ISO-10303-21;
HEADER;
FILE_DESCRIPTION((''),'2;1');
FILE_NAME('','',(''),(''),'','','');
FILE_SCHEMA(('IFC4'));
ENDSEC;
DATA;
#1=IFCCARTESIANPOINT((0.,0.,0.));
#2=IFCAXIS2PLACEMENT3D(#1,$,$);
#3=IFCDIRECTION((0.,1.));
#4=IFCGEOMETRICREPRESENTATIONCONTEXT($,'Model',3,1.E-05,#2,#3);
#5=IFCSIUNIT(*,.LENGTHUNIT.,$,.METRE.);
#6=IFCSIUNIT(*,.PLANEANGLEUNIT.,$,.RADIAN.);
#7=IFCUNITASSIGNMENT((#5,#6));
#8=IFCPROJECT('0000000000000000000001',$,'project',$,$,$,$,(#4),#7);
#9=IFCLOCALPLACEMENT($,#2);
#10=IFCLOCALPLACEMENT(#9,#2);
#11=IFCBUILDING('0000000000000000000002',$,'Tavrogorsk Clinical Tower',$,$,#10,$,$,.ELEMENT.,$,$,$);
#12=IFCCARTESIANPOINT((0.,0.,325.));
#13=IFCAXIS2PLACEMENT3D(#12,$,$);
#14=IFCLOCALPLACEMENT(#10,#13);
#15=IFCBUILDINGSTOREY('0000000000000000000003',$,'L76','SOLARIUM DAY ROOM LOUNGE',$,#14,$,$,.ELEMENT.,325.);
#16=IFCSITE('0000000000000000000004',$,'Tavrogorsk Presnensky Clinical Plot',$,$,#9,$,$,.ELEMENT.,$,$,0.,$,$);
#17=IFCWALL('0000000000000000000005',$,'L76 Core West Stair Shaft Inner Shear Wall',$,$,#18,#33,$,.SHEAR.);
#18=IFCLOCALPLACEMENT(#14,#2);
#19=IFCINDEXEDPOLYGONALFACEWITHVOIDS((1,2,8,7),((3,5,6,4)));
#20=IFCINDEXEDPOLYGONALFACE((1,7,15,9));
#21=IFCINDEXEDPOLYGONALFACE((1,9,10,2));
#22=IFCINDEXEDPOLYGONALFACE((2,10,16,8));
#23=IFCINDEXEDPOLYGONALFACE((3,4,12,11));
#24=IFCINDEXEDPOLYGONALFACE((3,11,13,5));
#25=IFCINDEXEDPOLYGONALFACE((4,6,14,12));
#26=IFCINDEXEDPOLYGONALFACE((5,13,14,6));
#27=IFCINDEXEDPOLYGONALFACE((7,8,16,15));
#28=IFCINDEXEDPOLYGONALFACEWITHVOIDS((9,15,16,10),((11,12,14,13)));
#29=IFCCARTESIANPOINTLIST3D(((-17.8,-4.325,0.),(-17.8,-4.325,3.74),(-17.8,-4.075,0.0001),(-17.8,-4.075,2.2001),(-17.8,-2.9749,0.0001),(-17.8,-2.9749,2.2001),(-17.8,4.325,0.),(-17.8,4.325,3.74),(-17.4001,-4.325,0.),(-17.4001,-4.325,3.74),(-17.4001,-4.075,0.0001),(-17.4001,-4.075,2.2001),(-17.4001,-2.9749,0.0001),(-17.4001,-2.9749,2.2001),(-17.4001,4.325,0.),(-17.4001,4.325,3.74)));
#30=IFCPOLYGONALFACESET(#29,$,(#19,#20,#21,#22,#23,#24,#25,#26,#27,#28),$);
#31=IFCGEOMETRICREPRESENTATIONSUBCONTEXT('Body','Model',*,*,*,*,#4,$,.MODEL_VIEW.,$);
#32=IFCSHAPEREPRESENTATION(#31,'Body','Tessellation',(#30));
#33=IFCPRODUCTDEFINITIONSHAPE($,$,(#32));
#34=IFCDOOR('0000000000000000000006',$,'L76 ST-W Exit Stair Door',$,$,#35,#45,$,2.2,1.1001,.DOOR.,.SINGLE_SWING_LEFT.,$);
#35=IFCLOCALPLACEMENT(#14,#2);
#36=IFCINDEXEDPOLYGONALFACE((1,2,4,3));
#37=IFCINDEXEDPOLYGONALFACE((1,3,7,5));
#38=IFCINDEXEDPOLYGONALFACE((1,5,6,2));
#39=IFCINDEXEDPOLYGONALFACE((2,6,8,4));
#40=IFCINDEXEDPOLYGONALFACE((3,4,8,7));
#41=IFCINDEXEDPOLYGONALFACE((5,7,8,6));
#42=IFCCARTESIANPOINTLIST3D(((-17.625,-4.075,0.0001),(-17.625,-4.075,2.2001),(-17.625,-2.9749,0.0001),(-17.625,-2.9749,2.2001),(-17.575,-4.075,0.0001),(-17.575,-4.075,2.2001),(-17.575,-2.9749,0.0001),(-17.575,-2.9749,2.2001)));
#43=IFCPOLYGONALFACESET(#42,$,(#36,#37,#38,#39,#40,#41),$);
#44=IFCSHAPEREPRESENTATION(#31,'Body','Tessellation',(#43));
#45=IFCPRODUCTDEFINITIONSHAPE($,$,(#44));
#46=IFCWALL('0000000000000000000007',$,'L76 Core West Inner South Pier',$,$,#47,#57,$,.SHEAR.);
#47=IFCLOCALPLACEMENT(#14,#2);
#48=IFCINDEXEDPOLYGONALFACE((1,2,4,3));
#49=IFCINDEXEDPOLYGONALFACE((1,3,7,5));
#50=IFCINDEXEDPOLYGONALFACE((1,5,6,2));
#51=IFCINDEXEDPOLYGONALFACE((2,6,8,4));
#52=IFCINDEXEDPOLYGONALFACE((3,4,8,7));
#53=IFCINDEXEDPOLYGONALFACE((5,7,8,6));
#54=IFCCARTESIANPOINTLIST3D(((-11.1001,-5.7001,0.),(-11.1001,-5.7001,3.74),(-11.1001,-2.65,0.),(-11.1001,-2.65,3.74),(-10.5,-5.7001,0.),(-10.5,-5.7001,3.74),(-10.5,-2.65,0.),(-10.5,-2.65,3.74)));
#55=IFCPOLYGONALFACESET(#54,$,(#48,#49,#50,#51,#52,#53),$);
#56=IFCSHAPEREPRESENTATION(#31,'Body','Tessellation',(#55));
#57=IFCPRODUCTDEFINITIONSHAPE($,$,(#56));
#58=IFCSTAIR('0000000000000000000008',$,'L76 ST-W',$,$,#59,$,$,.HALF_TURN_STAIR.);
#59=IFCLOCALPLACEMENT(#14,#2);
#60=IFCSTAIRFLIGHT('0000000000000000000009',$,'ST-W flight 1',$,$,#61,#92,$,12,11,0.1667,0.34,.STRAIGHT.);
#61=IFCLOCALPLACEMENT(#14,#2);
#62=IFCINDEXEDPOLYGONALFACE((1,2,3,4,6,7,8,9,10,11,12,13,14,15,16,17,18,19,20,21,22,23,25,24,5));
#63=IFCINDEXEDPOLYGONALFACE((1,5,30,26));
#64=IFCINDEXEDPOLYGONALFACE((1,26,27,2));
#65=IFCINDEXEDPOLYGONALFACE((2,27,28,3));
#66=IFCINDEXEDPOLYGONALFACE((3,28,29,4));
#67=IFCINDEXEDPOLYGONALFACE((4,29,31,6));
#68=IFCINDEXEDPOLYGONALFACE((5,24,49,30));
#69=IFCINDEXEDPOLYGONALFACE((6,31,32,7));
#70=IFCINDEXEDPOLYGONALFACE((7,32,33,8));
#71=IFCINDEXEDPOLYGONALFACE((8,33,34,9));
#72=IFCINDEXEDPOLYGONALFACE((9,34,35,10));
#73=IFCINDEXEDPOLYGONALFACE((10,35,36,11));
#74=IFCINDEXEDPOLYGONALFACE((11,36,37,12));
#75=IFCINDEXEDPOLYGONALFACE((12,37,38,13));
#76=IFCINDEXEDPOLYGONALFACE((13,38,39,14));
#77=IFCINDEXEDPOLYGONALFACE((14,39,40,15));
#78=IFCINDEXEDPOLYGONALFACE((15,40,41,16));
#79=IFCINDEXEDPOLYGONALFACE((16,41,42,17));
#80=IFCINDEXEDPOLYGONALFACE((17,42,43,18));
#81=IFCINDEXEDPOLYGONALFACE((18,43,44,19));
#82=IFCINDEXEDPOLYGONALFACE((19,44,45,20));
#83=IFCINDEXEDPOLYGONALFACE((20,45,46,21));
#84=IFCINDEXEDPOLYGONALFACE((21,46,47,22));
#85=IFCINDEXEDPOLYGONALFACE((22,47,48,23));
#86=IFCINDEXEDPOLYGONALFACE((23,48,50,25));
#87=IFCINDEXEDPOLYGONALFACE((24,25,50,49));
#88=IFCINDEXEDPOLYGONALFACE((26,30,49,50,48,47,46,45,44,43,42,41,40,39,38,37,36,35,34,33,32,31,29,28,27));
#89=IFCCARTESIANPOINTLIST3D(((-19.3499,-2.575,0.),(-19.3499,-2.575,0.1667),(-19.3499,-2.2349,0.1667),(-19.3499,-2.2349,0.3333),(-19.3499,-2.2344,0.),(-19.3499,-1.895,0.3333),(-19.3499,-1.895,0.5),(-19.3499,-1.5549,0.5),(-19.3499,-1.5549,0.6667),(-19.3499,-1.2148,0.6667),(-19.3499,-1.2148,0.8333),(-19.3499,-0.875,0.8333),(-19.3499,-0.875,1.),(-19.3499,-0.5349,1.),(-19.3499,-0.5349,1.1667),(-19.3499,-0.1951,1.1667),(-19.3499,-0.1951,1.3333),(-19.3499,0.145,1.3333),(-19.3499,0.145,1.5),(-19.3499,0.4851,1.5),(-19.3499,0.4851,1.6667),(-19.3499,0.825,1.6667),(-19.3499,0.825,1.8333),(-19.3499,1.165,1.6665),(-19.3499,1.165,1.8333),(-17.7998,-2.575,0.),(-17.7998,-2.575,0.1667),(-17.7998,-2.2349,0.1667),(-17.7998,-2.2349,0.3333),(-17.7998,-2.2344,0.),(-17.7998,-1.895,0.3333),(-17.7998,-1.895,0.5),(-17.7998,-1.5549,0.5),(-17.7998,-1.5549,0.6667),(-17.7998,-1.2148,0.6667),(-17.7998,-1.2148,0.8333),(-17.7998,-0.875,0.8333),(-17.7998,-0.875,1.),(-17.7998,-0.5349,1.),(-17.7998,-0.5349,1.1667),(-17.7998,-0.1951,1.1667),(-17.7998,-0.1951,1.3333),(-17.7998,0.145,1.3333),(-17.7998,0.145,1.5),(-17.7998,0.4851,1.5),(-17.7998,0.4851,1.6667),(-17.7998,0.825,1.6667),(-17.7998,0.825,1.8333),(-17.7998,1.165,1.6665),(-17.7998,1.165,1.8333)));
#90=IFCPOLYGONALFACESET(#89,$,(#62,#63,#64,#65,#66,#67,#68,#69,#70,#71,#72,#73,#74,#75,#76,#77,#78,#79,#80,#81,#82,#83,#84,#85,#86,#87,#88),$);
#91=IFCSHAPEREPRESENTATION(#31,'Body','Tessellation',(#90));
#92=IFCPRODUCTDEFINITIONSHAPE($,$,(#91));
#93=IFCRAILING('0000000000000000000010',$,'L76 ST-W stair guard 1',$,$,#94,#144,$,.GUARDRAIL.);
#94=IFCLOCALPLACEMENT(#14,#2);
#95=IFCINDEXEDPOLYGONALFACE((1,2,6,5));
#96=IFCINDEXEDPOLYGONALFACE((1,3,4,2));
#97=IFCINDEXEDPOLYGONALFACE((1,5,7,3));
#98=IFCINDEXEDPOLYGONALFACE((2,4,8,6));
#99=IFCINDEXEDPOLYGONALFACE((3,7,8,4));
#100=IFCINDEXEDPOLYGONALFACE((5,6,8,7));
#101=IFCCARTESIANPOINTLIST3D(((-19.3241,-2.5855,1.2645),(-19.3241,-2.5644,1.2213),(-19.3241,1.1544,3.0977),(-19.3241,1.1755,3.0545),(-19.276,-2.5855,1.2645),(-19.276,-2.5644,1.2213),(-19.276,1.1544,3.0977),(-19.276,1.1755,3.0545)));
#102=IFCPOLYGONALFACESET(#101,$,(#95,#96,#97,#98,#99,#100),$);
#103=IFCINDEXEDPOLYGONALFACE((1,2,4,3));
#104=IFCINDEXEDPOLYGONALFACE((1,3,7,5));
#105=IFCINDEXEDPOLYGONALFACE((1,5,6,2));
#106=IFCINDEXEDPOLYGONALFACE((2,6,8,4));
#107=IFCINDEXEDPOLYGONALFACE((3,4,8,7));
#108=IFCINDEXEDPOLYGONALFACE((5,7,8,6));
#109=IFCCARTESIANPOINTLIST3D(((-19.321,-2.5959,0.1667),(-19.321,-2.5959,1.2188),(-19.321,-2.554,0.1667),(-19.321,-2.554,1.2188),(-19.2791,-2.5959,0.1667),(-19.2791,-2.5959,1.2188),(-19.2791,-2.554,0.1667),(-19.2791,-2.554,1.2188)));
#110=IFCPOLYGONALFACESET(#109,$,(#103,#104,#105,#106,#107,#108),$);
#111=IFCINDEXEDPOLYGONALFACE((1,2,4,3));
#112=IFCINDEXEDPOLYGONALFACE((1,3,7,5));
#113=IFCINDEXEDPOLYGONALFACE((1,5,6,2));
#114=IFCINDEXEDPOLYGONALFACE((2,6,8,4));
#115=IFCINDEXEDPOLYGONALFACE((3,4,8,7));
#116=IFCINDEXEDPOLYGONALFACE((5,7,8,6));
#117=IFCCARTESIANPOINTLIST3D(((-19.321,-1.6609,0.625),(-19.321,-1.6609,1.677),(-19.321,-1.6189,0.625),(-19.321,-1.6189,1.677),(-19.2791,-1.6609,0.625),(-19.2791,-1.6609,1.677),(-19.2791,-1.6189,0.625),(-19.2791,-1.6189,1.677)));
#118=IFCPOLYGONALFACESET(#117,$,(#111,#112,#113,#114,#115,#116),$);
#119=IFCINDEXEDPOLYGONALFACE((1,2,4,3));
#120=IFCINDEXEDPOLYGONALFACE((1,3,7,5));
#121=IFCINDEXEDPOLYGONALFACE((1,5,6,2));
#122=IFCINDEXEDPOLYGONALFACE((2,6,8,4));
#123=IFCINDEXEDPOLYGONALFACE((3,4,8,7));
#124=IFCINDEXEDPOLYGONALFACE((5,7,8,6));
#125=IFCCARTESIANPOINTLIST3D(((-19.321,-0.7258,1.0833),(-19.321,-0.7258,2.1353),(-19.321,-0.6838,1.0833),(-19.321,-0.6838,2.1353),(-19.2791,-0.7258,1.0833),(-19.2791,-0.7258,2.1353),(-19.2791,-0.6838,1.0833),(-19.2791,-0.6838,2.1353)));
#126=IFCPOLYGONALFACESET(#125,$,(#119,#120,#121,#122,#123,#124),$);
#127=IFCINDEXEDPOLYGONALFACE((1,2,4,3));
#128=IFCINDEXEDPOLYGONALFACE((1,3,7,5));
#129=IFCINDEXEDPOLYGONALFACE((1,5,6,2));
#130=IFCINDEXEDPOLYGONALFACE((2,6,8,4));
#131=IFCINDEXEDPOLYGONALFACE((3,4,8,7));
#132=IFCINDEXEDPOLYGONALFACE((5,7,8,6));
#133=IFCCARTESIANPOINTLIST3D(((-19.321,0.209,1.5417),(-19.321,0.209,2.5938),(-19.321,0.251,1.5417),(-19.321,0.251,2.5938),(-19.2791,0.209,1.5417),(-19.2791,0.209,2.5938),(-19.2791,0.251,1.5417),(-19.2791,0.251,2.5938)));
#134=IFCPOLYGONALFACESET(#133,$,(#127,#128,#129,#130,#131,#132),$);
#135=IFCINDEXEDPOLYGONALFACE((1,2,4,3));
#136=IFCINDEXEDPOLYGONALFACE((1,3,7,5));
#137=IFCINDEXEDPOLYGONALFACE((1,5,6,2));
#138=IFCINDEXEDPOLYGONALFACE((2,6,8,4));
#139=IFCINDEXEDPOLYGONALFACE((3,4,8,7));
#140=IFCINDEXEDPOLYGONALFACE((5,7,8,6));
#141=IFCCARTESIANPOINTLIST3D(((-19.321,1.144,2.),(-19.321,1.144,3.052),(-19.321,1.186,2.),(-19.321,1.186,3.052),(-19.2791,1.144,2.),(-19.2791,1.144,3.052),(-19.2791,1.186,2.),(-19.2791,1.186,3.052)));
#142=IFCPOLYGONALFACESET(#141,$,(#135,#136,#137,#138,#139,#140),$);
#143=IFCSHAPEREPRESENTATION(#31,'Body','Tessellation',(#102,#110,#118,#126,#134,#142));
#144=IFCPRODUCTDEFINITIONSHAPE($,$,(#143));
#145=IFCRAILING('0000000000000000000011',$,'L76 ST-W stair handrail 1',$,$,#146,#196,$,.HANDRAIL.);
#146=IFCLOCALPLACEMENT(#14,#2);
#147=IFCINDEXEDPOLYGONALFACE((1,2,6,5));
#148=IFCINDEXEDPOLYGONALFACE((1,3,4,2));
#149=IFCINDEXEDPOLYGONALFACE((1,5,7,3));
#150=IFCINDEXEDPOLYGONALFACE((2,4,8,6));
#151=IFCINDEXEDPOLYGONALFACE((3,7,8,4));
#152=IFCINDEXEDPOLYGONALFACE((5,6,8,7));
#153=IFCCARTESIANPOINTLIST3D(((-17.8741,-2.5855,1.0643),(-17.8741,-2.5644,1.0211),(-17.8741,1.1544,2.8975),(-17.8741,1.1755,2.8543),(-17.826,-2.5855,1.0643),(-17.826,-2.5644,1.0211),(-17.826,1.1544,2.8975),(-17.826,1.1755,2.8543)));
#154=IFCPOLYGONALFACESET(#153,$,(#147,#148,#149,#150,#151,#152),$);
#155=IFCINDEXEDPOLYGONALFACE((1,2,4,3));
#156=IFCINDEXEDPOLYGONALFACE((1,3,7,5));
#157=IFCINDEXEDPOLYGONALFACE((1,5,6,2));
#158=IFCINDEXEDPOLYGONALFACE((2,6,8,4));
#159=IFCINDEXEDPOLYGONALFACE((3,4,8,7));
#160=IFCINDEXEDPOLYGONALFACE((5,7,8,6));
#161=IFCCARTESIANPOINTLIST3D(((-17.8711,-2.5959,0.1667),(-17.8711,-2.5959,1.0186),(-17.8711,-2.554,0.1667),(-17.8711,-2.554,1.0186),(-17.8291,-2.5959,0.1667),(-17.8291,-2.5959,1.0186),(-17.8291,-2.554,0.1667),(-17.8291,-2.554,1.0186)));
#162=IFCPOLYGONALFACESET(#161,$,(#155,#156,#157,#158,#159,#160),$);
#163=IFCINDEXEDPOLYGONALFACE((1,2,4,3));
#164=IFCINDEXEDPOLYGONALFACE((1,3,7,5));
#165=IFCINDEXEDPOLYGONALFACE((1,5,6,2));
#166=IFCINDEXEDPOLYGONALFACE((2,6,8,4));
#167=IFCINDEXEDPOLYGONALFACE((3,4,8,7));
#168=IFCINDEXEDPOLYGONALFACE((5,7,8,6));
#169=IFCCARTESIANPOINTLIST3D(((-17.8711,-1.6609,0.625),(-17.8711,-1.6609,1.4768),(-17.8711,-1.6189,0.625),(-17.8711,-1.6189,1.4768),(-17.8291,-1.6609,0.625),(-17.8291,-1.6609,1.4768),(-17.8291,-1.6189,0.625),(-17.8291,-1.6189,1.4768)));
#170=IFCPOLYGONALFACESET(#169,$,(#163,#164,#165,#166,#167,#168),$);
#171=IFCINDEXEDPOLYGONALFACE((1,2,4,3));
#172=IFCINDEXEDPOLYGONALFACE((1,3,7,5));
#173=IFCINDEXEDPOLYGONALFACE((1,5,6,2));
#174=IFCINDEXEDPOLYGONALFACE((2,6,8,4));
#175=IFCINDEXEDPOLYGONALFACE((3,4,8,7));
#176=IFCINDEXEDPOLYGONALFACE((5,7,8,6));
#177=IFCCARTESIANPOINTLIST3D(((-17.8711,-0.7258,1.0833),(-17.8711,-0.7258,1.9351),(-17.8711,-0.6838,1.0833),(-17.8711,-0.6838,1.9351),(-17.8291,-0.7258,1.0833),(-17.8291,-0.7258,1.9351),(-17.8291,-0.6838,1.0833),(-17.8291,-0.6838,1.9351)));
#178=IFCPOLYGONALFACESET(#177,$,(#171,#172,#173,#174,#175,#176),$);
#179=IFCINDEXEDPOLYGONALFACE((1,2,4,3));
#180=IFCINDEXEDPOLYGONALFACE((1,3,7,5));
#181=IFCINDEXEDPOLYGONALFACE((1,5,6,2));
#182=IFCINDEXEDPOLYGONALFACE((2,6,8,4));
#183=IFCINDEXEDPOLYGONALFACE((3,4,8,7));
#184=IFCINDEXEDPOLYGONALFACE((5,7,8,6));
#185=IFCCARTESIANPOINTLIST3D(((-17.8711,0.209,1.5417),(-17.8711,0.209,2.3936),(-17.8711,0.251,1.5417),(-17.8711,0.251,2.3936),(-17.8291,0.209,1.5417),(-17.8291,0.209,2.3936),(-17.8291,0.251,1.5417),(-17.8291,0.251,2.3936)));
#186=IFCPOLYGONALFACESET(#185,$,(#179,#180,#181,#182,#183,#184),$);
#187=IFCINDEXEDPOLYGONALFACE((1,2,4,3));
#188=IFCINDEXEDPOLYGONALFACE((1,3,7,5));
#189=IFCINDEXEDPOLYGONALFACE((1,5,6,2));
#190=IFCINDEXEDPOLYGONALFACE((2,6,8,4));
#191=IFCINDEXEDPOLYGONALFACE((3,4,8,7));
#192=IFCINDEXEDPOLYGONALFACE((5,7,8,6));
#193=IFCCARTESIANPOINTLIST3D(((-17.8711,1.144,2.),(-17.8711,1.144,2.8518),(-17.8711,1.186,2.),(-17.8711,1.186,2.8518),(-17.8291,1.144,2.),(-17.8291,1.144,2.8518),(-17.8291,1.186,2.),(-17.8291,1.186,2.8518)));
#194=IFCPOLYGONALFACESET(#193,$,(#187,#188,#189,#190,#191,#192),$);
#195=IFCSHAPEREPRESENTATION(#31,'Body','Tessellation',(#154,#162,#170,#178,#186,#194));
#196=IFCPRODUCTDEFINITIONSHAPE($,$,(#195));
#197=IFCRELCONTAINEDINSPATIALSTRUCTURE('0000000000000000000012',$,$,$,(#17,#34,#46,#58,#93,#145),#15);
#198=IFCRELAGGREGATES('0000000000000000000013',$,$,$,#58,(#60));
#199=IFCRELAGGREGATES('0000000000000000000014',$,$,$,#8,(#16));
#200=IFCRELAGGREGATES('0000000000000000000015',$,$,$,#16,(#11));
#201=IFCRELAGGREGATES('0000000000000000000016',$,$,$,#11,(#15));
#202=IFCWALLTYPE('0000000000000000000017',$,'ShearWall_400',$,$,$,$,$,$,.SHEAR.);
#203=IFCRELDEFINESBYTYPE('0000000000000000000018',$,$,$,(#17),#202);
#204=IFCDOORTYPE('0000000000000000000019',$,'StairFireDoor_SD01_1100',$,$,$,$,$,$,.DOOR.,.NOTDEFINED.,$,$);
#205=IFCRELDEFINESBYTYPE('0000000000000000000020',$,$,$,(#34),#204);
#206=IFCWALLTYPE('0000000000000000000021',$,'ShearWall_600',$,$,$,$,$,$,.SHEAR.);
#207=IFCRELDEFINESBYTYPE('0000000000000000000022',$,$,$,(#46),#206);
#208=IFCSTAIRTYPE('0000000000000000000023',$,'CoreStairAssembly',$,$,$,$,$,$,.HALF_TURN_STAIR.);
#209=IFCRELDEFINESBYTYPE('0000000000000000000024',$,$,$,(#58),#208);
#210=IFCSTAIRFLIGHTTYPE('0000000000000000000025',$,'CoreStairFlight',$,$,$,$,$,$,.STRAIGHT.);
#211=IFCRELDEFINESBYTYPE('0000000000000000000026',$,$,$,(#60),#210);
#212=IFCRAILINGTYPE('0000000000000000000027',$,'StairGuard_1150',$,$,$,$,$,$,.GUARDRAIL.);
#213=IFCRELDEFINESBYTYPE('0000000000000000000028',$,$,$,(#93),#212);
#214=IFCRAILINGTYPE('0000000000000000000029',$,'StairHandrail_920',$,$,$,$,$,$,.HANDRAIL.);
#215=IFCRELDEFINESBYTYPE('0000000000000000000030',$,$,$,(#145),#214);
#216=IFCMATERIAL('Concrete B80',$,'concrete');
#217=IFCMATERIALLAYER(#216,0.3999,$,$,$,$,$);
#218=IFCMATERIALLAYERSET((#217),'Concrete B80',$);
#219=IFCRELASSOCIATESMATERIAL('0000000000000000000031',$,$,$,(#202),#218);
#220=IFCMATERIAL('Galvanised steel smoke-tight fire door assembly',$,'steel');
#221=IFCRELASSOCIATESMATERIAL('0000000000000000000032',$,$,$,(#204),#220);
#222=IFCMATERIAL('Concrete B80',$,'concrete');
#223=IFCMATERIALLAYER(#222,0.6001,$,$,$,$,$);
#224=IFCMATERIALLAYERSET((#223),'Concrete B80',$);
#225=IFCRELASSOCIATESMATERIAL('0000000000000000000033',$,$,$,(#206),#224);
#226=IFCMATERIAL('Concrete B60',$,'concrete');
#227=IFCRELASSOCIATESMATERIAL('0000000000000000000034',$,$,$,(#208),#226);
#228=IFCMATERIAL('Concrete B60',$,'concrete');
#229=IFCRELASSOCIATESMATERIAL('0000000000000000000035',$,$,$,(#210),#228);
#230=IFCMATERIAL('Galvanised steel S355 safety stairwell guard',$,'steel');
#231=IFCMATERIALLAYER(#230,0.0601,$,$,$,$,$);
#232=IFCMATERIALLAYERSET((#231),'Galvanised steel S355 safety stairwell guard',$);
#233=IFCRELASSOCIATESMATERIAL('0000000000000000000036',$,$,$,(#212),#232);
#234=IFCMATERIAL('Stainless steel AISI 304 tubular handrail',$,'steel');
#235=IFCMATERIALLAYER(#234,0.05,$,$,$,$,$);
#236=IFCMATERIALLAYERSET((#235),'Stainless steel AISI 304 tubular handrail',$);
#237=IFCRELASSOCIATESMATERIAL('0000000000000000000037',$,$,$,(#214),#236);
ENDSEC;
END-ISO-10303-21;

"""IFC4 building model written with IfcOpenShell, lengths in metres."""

from ifc_helpers import new_model, si_unit, direction, frame, frame_2d, origin, origin_2d, place, context, subcontext, project, spatial, polyline, rectangle, outline, extrude, material, layer, layer_set, type_object, element, fill, aggregate, save


model = new_model("IFC4")

# Units and contexts
model_context = context("Model", 3, precision=1e-05, world=origin(), true_north=direction((0.0, 1.0)))
body_context = subcontext(model_context, "Body", "Model", "MODEL_VIEW")
ifc_project = project(units=[si_unit("LENGTHUNIT", "METRE"), si_unit("PLANEANGLEUNIT", "RADIAN")], contexts=[model_context])

# Site, building, storey
site_placement = place(None, origin())
site = spatial("IfcSite", under=ifc_project, at=site_placement, Name="Tavrogorsk Presnensky Clinical Plot", CompositionType="ELEMENT", RefElevation=0.0)
building_placement = place(site_placement, origin())
building = spatial("IfcBuilding", under=site, at=building_placement, Name="Tavrogorsk Clinical Tower", CompositionType="ELEMENT")
storey_placement = place(building_placement, frame((0.0, 0.0, 325.0)))
storey = spatial("IfcBuildingStorey", under=building, at=storey_placement, Name="L76", Description="SOLARIUM DAY ROOM LOUNGE", CompositionType="ELEMENT", Elevation=325.0)

# Wall, opening, door
ifc_material_1 = material(Name="Concrete B80", Category="concrete")
ifc_layer_1 = layer(ifc_material_1, 0.3999)
ifc_layer_set_1 = layer_set([ifc_layer_1], Name="Concrete B80")
wall_type_1 = type_object("IfcWallType", Name="ShearWall_400", PredefinedType="SHEAR", material=ifc_layer_set_1)
wall_1_placement = place(storey_placement, frame((-17.6001, -4.325, 0.0), z_axis=(0.0, 0.0, 1.0), x_axis=(0.0, 1.0, 0.0)))
wall_1 = element("IfcWall", 1, at=wall_1_placement, inside=storey, type_object=wall_type_1, Name="L76 Core West Stair Shaft Inner Shear Wall", PredefinedType="SHEAR", context=body_context, shape_type="SweptSolid", body=[
    extrude(rectangle(XDim=8.6499, YDim=0.3999, at=frame_2d((4.325, 0.0))), origin(), (0.0, 0.0, 1.0), 3.74),
])
opening_1_placement = place(wall_1_placement, frame((0.25, 0.0, 0.0)))
opening_1 = element("IfcOpeningElement", 2, at=opening_1_placement, cuts=wall_1, PredefinedType="OPENING", context=body_context, shape_type="SweptSolid", body=[
    extrude(rectangle(XDim=1.1001, YDim=2.2, at=frame_2d((0.55, 1.1001))), frame((0.0, 0.21, 0.0), z_axis=(0.0, -1.0, 0.0), x_axis=(1.0, 0.0, 0.0)), (0.0, 0.0, 1.0), 0.4199),
])
ifc_material_2 = material(Name="Galvanised steel smoke-tight fire door assembly", Category="steel")
door_type_1 = type_object("IfcDoorType", Name="StairFireDoor_SD01_1100", OperationType="NOTDEFINED", PredefinedType="DOOR", material=ifc_material_2)
door_1_placement = place(opening_1_placement, origin())
door_1 = element("IfcDoor", 3, at=door_1_placement, inside=storey, type_object=door_type_1, Name="L76 ST-W Exit Stair Door", OperationType="SINGLE_SWING_LEFT", OverallHeight=2.2, OverallWidth=1.1001, PredefinedType="DOOR", context=body_context, shape_type="SweptSolid", body=[
    extrude(rectangle(XDim=1.1001, YDim=2.2, at=frame_2d((0.55, 1.1001))), frame((0.0, 0.0249, 0.0), z_axis=(0.0, -1.0, 0.0), x_axis=(1.0, 0.0, 0.0)), (0.0, 0.0, 1.0), 0.05),
])
fill(opening_1, door_1)

# Wall
ifc_material_3 = material(Name="Concrete B80", Category="concrete")
ifc_layer_2 = layer(ifc_material_3, 0.6001)
ifc_layer_set_2 = layer_set([ifc_layer_2], Name="Concrete B80")
wall_type_2 = type_object("IfcWallType", Name="ShearWall_600", PredefinedType="SHEAR", material=ifc_layer_set_2)
wall_2_placement = place(storey_placement, frame((-10.8, -5.7, 0.0), z_axis=(0.0, 0.0, 1.0), x_axis=(0.0, 1.0, 0.0)))
element("IfcWall", 4, at=wall_2_placement, inside=storey, type_object=wall_type_2, Name="L76 Core West Inner South Pier", PredefinedType="SHEAR", context=body_context, shape_type="SweptSolid", body=[
    extrude(rectangle(XDim=3.05, YDim=0.6001, at=frame_2d((1.5249, 0.0))), origin(), (0.0, 0.0, 1.0), 3.74),
])

# Stair, stair flight
ifc_material_4 = material(Name="Concrete B60", Category="concrete")
stair_type = type_object("IfcStairType", Name="CoreStairAssembly", PredefinedType="HALF_TURN_STAIR", material=ifc_material_4)
stair_placement = place(storey_placement, origin())
stair = element("IfcStair", 5, at=stair_placement, inside=storey, type_object=stair_type, Name="L76 ST-W", PredefinedType="HALF_TURN_STAIR")
ifc_material_5 = material(Name="Concrete B60", Category="concrete")
stair_flight_type = type_object("IfcStairFlightType", Name="CoreStairFlight", PredefinedType="STRAIGHT", material=ifc_material_5)
stair_flight_placement = place(storey_placement, frame((-18.575, -2.575, 0.0), z_axis=(0.0, 0.0, 1.0), x_axis=(0.0, 1.0, 0.0)))
stair_flight = element("IfcStairFlight", 6, at=stair_flight_placement, type_object=stair_flight_type, Name="ST-W flight 1", NumberOfRisers=12, NumberOfTreads=11, PredefinedType="STRAIGHT", RiserHeight=0.1667, TreadLength=0.34, context=body_context, shape_type="SweptSolid", body=[
    extrude(outline(polyline([(0.0, 0.0), (0.0, 0.1667), (0.3401, 0.1667), (0.3401, 0.3333), (0.6799, 0.3333), (0.6799, 0.5), (1.02, 0.5), (1.02, 0.6667), (1.3601, 0.6667), (1.3601, 0.8333), (1.7, 0.8333), (1.7, 1.0), (2.04, 1.0), (2.04, 1.1667), (2.3799, 1.1667), (2.3799, 1.3333), (2.72, 1.3333), (2.72, 1.5), (3.0601, 1.5), (3.0601, 1.6667), (3.3999, 1.6667), (3.3999, 1.8333), (3.74, 1.8333), (3.74, 2.0), (3.74, 1.6665), (0.3406, 0.0), (0.0, 0.0)])), frame((0.0, 0.7749, 0.0), z_axis=(0.0, -1.0, 0.0), x_axis=(1.0, 0.0, 0.0)), (0.0, 0.0, 1.0), 1.55),
])
aggregate(stair, [stair_flight])

# Railings
ifc_material_6 = material(Name="Galvanised steel S355 safety stairwell guard", Category="steel")
ifc_layer_3 = layer(ifc_material_6, 0.0601)
ifc_layer_set_3 = layer_set([ifc_layer_3], Name="Galvanised steel S355 safety stairwell guard")
railing_type_1 = type_object("IfcRailingType", Name="StairGuard_1150", PredefinedType="GUARDRAIL", material=ifc_layer_set_3)
railing_1_placement = place(storey_placement, frame((-19.3, -2.575, 0.1667)))
element("IfcRailing", 7, at=railing_1_placement, inside=storey, type_object=railing_type_1, Name="L76 ST-W stair guard 1", PredefinedType="GUARDRAIL", context=body_context, shape_type="SweptSolid", body=[
    extrude(rectangle(XDim=0.0481, YDim=0.0481, at=origin_2d()), frame((0.0, 0.0, 1.0762), z_axis=(0.0, 0.897928, 0.440142), x_axis=(-1.0, 0.0, 0.0)), (0.0, 0.0, 1.0), 4.165),
    extrude(rectangle(XDim=0.042, YDim=0.042, at=origin_2d()), origin(), (0.0, 0.0, 1.0), 1.052),
    extrude(rectangle(XDim=0.042, YDim=0.042, at=origin_2d()), frame((0.0, 0.9351, 0.4583)), (0.0, 0.0, 1.0), 1.052),
    extrude(rectangle(XDim=0.042, YDim=0.042, at=origin_2d()), frame((0.0, 1.8701, 0.9165)), (0.0, 0.0, 1.0), 1.052),
    extrude(rectangle(XDim=0.042, YDim=0.042, at=origin_2d()), frame((0.0, 2.8049, 1.375)), (0.0, 0.0, 1.0), 1.052),
    extrude(rectangle(XDim=0.042, YDim=0.042, at=origin_2d()), frame((0.0, 3.74, 1.8333)), (0.0, 0.0, 1.0), 1.052),
])
ifc_material_7 = material(Name="Stainless steel AISI 304 tubular handrail", Category="steel")
ifc_layer_4 = layer(ifc_material_7, 0.05)
ifc_layer_set_4 = layer_set([ifc_layer_4], Name="Stainless steel AISI 304 tubular handrail")
railing_type_2 = type_object("IfcRailingType", Name="StairHandrail_920", PredefinedType="HANDRAIL", material=ifc_layer_set_4)
railing_2_placement = place(storey_placement, frame((-17.8501, -2.575, 0.1667)))
element("IfcRailing", 8, at=railing_2_placement, inside=storey, type_object=railing_type_2, Name="L76 ST-W stair handrail 1", PredefinedType="HANDRAIL", context=body_context, shape_type="SweptSolid", body=[
    extrude(rectangle(XDim=0.0481, YDim=0.0481, at=origin_2d()), frame((0.0, 0.0, 0.876), z_axis=(0.0, 0.897928, 0.440142), x_axis=(-1.0, 0.0, 0.0)), (0.0, 0.0, 1.0), 4.165),
    extrude(rectangle(XDim=0.042, YDim=0.042, at=origin_2d()), origin(), (0.0, 0.0, 1.0), 0.8518),
    extrude(rectangle(XDim=0.042, YDim=0.042, at=origin_2d()), frame((0.0, 0.9351, 0.4583)), (0.0, 0.0, 1.0), 0.8518),
    extrude(rectangle(XDim=0.042, YDim=0.042, at=origin_2d()), frame((0.0, 1.8701, 0.9165)), (0.0, 0.0, 1.0), 0.8518),
    extrude(rectangle(XDim=0.042, YDim=0.042, at=origin_2d()), frame((0.0, 2.8049, 1.375)), (0.0, 0.0, 1.0), 0.8518),
    extrude(rectangle(XDim=0.042, YDim=0.042, at=origin_2d()), frame((0.0, 3.74, 1.8333)), (0.0, 0.0, 1.0), 0.8518),
])

save(model, "model.ifc")
